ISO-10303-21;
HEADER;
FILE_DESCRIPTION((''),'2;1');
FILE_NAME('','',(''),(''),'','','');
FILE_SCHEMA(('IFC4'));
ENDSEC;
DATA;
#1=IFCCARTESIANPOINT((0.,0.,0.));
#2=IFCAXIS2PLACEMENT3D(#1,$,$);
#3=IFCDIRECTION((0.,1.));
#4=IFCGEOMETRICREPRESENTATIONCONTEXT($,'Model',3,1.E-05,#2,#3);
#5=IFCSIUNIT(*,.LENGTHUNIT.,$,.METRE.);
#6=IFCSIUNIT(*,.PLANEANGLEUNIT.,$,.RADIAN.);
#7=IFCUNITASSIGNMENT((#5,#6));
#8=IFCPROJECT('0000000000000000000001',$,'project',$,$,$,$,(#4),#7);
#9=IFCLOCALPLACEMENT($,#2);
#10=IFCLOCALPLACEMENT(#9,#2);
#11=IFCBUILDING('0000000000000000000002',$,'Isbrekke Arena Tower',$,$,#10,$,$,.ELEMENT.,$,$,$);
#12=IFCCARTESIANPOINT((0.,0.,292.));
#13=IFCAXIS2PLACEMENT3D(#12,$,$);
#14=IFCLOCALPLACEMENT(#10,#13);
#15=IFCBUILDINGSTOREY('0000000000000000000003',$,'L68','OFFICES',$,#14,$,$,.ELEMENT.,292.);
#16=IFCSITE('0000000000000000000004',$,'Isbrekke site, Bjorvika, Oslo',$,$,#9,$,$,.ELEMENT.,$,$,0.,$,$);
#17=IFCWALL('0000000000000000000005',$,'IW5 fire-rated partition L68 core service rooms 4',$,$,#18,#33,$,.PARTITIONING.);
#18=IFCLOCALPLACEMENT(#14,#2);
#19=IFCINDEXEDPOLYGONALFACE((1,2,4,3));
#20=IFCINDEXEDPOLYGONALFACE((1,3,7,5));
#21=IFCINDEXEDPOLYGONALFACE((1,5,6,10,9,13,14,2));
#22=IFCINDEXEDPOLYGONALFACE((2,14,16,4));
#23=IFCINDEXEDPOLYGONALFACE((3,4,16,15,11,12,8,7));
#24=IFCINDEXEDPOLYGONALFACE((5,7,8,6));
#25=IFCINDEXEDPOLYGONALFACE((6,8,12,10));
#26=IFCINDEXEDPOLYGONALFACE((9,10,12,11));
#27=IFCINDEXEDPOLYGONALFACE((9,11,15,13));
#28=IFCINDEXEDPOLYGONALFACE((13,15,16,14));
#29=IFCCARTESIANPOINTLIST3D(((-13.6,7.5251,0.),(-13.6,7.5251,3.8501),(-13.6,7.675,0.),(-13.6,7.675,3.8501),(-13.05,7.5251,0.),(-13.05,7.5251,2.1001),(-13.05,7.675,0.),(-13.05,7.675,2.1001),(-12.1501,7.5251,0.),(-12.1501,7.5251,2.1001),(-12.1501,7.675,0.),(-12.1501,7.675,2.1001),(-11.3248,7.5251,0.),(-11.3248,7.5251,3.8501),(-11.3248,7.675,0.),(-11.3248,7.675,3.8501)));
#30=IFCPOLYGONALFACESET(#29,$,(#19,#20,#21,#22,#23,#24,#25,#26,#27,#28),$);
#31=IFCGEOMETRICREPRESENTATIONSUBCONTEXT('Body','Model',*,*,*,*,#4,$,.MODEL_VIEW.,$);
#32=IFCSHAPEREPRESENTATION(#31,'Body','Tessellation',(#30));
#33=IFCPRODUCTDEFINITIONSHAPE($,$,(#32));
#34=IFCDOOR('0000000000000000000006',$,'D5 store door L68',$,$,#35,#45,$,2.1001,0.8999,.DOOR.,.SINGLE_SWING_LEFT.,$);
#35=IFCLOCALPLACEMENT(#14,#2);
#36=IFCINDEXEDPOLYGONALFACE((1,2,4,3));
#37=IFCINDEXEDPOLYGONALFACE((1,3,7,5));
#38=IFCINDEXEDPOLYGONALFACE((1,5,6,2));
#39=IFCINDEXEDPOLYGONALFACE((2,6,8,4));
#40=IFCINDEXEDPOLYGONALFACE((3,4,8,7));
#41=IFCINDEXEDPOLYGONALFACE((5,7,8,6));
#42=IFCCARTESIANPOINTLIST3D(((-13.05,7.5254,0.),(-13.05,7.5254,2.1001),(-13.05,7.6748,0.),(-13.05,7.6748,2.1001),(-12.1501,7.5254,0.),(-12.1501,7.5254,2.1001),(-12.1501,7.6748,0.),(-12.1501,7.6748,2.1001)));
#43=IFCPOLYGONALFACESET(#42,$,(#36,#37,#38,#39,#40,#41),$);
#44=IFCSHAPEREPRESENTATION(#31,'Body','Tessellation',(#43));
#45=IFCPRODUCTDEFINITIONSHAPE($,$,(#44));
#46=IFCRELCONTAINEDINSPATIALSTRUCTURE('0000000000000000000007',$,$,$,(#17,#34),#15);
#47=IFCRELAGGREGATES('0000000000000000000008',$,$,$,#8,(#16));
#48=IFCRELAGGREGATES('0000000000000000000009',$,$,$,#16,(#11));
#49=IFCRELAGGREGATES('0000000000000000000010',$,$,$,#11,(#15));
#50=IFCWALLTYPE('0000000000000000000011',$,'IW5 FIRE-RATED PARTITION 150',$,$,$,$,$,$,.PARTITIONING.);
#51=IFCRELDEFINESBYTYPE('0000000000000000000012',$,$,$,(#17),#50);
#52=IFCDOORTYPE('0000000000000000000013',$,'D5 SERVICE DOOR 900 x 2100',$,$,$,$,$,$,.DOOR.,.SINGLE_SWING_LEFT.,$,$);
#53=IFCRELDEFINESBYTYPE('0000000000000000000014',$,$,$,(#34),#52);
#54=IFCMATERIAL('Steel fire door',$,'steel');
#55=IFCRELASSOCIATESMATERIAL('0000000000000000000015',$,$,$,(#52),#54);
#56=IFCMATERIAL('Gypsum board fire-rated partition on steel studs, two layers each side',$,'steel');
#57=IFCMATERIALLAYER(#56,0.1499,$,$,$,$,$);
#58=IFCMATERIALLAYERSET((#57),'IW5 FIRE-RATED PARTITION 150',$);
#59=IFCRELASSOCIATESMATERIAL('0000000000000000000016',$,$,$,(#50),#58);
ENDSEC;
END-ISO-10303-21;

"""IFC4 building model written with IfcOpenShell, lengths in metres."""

from ifc_helpers import new_model, si_unit, direction, frame, frame_2d, origin, place, context, subcontext, project, spatial, rectangle, extrude, material, layer, layer_set, type_object, element, fill, save


model = new_model("IFC4")

# Units and contexts
model_context = context("Model", 3, precision=1e-05, world=origin(), true_north=direction((0.0, 1.0)))
body_context = subcontext(model_context, "Body", "Model", "MODEL_VIEW")
ifc_project = project(units=[si_unit("LENGTHUNIT", "METRE"), si_unit("PLANEANGLEUNIT", "RADIAN")], contexts=[model_context])

# Site, building, storey
site_placement = place(None, origin())
site = spatial("IfcSite", under=ifc_project, at=site_placement, Name="Isbrekke site, Bjorvika, Oslo", CompositionType="ELEMENT", RefElevation=0.0)
building_placement = place(site_placement, origin())
building = spatial("IfcBuilding", under=site, at=building_placement, Name="Isbrekke Arena Tower", CompositionType="ELEMENT")
storey_placement = place(building_placement, frame((0.0, 0.0, 292.0)))
storey = spatial("IfcBuildingStorey", under=building, at=storey_placement, Name="L68", Description="OFFICES", CompositionType="ELEMENT", Elevation=292.0)

# Shared definitions
ifc_material_1 = material(Name="Steel fire door", Category="steel")
door_type_1 = type_object("IfcDoorType", Name="D5 SERVICE DOOR 900 x 2100", OperationType="SINGLE_SWING_LEFT", PredefinedType="DOOR", material=ifc_material_1)

# Wall, opening, door
ifc_material_2 = material(Name="Gypsum board fire-rated partition on steel studs, two layers each side", Category="steel")
ifc_layer_1 = layer(ifc_material_2, 0.1499)
ifc_layer_set_1 = layer_set([ifc_layer_1], Name="IW5 FIRE-RATED PARTITION 150")
wall_type_1 = type_object("IfcWallType", Name="IW5 FIRE-RATED PARTITION 150", PredefinedType="PARTITIONING", material=ifc_layer_set_1)
wall_1_placement = place(storey_placement, frame((-13.6001, 7.6001, 0.0), z_axis=(0.0, 0.0, 1.0), x_axis=(1.0, 0.0, 0.0)))
wall_1 = element("IfcWall", 1, at=wall_1_placement, inside=storey, type_object=wall_type_1, Name="IW5 fire-rated partition L68 core service rooms 4", PredefinedType="PARTITIONING", context=body_context, shape_type="SweptSolid", body=[
    extrude(rectangle(XDim=2.2751, YDim=0.1499, at=frame_2d((1.1377, 0.0))), origin(), (0.0, 0.0, 1.0), 3.8501),
])
opening_1_placement = place(wall_1_placement, frame((0.55, 0.0, 0.0)))
opening_1 = element("IfcOpeningElement", 2, at=opening_1_placement, cuts=wall_1, PredefinedType="OPENING", context=body_context, shape_type="SweptSolid", body=[
    extrude(rectangle(XDim=0.8999, YDim=2.1001, at=frame_2d((0.45, 1.05))), frame((0.0, 0.0898, 0.0), z_axis=(0.0, -1.0, 0.0), x_axis=(1.0, 0.0, 0.0)), (0.0, 0.0, 1.0), 0.1797),
])
door_1_placement = place(opening_1_placement, origin())
door_1 = element("IfcDoor", 3, at=door_1_placement, inside=storey, type_object=door_type_1, Name="D5 store door L68", OperationType="SINGLE_SWING_LEFT", OverallHeight=2.1001, OverallWidth=0.8999, PredefinedType="DOOR", context=body_context, shape_type="SweptSolid", body=[
    extrude(rectangle(XDim=0.8999, YDim=2.1001, at=frame_2d((0.45, 1.05))), frame((0.0, 0.0747, 0.0), z_axis=(0.0, -1.0, 0.0), x_axis=(1.0, 0.0, 0.0)), (0.0, 0.0, 1.0), 0.1494),
])
fill(opening_1, door_1)

save(model, "model.ifc")
